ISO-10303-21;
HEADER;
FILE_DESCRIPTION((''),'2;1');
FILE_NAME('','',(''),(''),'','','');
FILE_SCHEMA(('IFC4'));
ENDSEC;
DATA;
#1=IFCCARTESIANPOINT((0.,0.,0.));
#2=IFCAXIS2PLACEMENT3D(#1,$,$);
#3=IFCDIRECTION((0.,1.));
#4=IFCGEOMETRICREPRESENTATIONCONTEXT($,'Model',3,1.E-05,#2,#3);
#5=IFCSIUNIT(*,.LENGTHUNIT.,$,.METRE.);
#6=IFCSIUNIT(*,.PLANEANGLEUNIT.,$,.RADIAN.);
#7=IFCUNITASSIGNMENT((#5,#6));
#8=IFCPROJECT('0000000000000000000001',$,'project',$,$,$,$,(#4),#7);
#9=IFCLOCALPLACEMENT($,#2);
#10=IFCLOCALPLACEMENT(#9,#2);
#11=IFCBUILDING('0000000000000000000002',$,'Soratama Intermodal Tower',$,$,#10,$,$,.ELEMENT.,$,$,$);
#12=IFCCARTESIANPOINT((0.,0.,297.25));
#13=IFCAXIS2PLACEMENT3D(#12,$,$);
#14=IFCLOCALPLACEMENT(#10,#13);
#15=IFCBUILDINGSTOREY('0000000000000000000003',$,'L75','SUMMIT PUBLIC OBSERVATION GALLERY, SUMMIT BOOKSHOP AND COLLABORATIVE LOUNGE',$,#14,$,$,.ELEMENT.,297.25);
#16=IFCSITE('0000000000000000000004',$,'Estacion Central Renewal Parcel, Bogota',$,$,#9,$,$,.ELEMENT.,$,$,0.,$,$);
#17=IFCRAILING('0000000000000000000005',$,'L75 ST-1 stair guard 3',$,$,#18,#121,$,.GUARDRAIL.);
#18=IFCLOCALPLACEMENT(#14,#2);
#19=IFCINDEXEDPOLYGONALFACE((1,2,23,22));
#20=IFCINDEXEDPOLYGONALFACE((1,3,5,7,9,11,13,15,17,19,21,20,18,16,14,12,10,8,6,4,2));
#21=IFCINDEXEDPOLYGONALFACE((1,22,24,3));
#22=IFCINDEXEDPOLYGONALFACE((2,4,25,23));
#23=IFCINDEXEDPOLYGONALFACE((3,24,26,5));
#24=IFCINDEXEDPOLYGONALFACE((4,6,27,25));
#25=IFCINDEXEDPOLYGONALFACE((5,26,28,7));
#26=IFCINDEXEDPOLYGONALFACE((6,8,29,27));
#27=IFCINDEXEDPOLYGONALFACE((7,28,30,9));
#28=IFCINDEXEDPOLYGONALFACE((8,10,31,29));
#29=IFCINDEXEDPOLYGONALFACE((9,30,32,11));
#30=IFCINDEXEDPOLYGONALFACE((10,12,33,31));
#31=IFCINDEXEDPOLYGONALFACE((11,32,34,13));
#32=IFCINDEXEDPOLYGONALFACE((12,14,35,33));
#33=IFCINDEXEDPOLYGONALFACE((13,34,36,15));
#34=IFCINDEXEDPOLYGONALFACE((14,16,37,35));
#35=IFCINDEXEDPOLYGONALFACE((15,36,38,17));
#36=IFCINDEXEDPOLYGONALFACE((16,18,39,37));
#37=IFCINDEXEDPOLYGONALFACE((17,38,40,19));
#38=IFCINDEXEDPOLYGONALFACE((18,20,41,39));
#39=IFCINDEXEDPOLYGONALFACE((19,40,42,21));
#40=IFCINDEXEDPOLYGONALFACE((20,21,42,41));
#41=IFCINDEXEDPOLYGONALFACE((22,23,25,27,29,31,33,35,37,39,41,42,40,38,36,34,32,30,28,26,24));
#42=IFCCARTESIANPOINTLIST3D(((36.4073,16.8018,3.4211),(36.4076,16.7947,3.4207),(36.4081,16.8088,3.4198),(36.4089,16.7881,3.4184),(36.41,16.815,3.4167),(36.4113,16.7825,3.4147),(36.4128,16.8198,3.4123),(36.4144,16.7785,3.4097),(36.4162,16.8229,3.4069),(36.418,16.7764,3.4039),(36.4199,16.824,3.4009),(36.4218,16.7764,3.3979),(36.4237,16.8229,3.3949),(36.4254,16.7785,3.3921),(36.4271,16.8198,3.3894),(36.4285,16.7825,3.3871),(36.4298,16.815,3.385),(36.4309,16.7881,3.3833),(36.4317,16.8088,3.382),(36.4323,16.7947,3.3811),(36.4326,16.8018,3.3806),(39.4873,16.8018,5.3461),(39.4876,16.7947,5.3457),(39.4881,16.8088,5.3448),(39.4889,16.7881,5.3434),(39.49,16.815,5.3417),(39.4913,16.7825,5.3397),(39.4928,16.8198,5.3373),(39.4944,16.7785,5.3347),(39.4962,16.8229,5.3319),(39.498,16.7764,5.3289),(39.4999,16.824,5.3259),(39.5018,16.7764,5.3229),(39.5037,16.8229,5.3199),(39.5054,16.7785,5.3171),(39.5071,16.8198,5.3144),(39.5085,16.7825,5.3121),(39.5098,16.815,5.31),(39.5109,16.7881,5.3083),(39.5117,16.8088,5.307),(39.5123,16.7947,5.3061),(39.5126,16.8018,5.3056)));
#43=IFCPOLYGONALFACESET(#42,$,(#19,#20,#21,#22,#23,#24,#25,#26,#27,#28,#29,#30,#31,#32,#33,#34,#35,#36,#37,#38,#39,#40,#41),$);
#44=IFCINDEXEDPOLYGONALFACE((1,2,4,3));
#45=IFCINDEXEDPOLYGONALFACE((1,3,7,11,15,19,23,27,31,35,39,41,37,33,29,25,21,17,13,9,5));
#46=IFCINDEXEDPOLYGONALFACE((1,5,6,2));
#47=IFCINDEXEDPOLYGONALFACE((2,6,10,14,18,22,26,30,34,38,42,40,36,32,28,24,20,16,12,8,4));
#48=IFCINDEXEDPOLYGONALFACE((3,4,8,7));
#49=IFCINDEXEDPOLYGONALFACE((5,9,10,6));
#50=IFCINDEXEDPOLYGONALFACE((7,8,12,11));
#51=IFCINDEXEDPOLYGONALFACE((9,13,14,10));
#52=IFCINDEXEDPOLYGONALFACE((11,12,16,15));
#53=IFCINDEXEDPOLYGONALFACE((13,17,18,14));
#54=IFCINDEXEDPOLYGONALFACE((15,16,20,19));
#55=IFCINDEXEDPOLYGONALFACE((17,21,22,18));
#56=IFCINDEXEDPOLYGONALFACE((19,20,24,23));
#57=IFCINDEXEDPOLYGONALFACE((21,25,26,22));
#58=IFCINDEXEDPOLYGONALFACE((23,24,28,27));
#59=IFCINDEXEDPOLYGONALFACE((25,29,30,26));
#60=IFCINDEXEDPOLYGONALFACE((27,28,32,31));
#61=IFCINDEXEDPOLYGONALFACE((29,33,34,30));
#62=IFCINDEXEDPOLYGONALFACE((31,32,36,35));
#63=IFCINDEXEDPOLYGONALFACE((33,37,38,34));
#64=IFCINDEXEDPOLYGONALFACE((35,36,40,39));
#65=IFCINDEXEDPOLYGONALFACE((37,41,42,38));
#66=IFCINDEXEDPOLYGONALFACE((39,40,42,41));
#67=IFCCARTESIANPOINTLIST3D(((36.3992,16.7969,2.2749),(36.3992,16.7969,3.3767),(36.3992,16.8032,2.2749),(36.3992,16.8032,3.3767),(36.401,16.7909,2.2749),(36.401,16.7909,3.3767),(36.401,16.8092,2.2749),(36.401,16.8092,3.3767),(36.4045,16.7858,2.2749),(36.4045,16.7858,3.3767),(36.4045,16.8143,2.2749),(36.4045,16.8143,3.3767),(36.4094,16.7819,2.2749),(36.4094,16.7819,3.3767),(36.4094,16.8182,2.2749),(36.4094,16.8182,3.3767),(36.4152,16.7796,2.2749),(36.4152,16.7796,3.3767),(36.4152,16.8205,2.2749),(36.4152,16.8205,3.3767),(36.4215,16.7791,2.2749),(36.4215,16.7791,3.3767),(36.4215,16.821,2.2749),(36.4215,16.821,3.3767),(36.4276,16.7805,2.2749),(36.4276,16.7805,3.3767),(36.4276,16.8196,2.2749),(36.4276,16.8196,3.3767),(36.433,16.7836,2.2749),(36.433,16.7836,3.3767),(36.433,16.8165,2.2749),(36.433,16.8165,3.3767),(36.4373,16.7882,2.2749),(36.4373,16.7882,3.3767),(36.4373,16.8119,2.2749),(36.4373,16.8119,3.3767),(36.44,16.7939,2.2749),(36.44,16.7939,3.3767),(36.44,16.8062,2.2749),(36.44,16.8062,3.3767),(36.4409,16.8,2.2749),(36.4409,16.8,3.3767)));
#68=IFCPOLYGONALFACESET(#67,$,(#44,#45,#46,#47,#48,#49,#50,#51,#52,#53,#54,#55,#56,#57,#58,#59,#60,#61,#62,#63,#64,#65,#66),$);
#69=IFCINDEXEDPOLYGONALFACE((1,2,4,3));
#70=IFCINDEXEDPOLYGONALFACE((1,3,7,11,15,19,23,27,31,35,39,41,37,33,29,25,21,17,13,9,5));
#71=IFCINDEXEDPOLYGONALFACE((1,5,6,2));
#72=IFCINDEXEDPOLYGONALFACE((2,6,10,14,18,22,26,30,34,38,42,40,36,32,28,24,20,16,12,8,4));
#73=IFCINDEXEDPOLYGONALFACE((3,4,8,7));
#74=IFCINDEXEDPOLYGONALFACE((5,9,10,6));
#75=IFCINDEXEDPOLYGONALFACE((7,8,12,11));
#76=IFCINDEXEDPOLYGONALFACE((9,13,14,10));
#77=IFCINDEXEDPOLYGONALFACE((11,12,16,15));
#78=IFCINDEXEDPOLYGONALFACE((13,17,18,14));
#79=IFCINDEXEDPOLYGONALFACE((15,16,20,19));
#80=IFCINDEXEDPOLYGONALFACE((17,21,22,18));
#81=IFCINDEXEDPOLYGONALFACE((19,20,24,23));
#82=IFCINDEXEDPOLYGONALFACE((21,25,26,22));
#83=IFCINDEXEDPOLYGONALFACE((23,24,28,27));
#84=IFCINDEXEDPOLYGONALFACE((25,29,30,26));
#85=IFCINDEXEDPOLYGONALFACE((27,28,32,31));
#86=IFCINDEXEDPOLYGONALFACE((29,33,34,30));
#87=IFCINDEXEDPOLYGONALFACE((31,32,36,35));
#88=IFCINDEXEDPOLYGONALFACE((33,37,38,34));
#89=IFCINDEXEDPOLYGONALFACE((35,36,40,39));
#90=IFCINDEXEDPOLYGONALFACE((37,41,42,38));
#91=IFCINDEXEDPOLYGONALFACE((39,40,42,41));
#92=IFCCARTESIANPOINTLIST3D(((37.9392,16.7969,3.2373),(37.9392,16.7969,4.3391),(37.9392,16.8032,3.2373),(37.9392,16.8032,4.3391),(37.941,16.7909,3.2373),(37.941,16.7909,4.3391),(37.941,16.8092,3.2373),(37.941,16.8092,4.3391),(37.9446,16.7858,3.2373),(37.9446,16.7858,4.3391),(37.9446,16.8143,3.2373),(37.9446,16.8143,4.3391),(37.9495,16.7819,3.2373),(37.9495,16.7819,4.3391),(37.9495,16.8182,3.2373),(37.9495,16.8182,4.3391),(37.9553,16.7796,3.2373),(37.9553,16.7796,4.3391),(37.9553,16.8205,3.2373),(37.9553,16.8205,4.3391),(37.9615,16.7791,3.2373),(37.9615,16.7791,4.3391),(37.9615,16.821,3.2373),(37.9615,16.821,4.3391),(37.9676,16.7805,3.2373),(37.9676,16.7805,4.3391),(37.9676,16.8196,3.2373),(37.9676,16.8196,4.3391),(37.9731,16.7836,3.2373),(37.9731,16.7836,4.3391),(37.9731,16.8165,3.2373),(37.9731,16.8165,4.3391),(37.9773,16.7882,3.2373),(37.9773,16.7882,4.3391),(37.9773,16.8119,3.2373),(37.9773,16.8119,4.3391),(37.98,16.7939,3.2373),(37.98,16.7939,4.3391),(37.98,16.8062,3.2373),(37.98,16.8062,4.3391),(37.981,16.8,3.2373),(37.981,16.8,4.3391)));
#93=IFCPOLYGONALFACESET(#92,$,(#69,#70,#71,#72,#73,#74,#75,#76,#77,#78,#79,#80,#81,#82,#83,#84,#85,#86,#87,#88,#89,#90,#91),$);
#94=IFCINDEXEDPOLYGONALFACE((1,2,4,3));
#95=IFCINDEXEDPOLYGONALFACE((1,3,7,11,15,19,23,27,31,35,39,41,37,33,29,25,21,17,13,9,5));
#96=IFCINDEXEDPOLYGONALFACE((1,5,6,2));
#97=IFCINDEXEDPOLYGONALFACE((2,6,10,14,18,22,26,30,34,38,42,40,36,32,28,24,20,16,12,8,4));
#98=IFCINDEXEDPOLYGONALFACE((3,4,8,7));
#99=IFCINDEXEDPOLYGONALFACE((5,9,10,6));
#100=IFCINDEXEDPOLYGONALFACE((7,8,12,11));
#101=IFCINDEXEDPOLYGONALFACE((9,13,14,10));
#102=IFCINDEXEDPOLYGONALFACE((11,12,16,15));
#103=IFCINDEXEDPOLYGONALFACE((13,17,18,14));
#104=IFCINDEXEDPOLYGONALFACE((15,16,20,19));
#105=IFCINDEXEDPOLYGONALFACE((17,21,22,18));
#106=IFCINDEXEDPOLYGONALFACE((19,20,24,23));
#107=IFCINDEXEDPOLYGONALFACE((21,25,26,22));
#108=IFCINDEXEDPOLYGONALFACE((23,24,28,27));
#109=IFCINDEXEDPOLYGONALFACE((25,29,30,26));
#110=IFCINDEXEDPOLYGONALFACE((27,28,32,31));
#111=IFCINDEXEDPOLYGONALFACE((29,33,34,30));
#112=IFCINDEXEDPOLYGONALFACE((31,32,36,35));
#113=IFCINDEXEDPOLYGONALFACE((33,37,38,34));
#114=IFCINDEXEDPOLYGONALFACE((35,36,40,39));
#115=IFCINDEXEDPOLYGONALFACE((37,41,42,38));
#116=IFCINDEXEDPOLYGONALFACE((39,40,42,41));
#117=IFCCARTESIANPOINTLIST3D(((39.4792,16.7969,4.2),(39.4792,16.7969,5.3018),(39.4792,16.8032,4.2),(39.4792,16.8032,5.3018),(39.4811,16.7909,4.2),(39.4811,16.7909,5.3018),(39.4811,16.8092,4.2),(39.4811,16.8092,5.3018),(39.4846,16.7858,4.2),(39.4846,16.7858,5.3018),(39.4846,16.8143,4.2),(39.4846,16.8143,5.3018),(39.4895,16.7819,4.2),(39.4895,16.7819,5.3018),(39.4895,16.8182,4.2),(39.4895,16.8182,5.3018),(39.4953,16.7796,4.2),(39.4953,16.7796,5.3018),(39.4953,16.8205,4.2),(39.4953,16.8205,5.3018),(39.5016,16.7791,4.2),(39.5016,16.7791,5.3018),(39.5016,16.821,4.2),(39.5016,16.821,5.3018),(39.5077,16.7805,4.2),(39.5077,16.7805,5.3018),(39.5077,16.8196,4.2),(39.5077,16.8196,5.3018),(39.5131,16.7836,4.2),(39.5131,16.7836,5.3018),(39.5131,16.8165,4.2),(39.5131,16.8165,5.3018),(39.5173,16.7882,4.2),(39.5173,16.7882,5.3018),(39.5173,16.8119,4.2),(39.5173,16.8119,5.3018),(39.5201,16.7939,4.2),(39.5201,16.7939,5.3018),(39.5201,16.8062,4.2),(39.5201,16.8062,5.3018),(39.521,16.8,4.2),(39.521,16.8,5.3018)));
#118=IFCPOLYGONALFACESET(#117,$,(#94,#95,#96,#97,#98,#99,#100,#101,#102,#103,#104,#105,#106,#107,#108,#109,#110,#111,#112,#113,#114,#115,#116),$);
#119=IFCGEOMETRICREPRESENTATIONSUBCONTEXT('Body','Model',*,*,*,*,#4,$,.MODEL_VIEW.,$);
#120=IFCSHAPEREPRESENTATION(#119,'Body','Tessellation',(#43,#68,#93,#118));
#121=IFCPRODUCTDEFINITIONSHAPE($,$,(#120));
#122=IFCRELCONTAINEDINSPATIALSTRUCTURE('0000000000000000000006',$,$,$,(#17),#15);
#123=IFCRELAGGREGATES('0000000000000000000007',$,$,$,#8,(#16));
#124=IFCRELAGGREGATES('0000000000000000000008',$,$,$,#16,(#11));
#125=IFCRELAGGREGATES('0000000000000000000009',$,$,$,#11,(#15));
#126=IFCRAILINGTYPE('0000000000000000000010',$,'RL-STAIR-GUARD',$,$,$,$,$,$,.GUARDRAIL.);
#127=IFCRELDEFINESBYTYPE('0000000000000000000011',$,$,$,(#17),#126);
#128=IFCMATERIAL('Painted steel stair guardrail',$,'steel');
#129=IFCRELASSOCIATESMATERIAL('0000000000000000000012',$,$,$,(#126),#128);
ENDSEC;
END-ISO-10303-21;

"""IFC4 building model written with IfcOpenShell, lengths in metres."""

from ifc_helpers import new_model, si_unit, direction, frame, origin, origin_2d, place, context, subcontext, project, spatial, circle, extrude, material, type_object, element, save


model = new_model("IFC4")

# Units and contexts
model_context = context("Model", 3, precision=1e-05, world=origin(), true_north=direction((0.0, 1.0)))
body_context = subcontext(model_context, "Body", "Model", "MODEL_VIEW")
ifc_project = project(units=[si_unit("LENGTHUNIT", "METRE"), si_unit("PLANEANGLEUNIT", "RADIAN")], contexts=[model_context])

# Site, building, storey
site_placement = place(None, origin())
site = spatial("IfcSite", under=ifc_project, at=site_placement, Name="Estacion Central Renewal Parcel, Bogota", CompositionType="ELEMENT", RefElevation=0.0)
building_placement = place(site_placement, origin())
building = spatial("IfcBuilding", under=site, at=building_placement, Name="Soratama Intermodal Tower", CompositionType="ELEMENT")
storey_placement = place(building_placement, frame((0.0, 0.0, 297.25)))
storey = spatial("IfcBuildingStorey", under=building, at=storey_placement, Name="L75", Description="SUMMIT PUBLIC OBSERVATION GALLERY, SUMMIT BOOKSHOP AND COLLABORATIVE LOUNGE", CompositionType="ELEMENT", Elevation=297.25)

# Railing
ifc_material_1 = material(Name="Painted steel stair guardrail", Category="steel")
railing_type_1 = type_object("IfcRailingType", Name="RL-STAIR-GUARD", PredefinedType="GUARDRAIL", material=ifc_material_1)
railing_1_placement = place(storey_placement, frame((36.4199, 16.8, 2.2749)))
element("IfcRailing", 1, at=railing_1_placement, inside=storey, type_object=railing_type_1, Name="L75 ST-1 stair guard 3", PredefinedType="GUARDRAIL", context=body_context, shape_type="SweptSolid", body=[
    extrude(circle(Radius=0.0239, at=origin_2d()), frame((0.0, 0.0, 1.126), z_axis=(0.847998, 0.0, 0.529999), x_axis=(0.0, 1.0, 0.0)), (0.0, 0.0, 1.0), 3.6321),
    extrude(circle(Radius=0.021, at=origin_2d()), origin(), (0.0, 0.0, 1.0), 1.1018),
    extrude(circle(Radius=0.021, at=origin_2d()), frame((1.54, 0.0, 0.9624)), (0.0, 0.0, 1.0), 1.1018),
    extrude(circle(Radius=0.021, at=origin_2d()), frame((3.0801, 0.0, 1.925)), (0.0, 0.0, 1.0), 1.1018),
])

save(model, "model.ifc")
